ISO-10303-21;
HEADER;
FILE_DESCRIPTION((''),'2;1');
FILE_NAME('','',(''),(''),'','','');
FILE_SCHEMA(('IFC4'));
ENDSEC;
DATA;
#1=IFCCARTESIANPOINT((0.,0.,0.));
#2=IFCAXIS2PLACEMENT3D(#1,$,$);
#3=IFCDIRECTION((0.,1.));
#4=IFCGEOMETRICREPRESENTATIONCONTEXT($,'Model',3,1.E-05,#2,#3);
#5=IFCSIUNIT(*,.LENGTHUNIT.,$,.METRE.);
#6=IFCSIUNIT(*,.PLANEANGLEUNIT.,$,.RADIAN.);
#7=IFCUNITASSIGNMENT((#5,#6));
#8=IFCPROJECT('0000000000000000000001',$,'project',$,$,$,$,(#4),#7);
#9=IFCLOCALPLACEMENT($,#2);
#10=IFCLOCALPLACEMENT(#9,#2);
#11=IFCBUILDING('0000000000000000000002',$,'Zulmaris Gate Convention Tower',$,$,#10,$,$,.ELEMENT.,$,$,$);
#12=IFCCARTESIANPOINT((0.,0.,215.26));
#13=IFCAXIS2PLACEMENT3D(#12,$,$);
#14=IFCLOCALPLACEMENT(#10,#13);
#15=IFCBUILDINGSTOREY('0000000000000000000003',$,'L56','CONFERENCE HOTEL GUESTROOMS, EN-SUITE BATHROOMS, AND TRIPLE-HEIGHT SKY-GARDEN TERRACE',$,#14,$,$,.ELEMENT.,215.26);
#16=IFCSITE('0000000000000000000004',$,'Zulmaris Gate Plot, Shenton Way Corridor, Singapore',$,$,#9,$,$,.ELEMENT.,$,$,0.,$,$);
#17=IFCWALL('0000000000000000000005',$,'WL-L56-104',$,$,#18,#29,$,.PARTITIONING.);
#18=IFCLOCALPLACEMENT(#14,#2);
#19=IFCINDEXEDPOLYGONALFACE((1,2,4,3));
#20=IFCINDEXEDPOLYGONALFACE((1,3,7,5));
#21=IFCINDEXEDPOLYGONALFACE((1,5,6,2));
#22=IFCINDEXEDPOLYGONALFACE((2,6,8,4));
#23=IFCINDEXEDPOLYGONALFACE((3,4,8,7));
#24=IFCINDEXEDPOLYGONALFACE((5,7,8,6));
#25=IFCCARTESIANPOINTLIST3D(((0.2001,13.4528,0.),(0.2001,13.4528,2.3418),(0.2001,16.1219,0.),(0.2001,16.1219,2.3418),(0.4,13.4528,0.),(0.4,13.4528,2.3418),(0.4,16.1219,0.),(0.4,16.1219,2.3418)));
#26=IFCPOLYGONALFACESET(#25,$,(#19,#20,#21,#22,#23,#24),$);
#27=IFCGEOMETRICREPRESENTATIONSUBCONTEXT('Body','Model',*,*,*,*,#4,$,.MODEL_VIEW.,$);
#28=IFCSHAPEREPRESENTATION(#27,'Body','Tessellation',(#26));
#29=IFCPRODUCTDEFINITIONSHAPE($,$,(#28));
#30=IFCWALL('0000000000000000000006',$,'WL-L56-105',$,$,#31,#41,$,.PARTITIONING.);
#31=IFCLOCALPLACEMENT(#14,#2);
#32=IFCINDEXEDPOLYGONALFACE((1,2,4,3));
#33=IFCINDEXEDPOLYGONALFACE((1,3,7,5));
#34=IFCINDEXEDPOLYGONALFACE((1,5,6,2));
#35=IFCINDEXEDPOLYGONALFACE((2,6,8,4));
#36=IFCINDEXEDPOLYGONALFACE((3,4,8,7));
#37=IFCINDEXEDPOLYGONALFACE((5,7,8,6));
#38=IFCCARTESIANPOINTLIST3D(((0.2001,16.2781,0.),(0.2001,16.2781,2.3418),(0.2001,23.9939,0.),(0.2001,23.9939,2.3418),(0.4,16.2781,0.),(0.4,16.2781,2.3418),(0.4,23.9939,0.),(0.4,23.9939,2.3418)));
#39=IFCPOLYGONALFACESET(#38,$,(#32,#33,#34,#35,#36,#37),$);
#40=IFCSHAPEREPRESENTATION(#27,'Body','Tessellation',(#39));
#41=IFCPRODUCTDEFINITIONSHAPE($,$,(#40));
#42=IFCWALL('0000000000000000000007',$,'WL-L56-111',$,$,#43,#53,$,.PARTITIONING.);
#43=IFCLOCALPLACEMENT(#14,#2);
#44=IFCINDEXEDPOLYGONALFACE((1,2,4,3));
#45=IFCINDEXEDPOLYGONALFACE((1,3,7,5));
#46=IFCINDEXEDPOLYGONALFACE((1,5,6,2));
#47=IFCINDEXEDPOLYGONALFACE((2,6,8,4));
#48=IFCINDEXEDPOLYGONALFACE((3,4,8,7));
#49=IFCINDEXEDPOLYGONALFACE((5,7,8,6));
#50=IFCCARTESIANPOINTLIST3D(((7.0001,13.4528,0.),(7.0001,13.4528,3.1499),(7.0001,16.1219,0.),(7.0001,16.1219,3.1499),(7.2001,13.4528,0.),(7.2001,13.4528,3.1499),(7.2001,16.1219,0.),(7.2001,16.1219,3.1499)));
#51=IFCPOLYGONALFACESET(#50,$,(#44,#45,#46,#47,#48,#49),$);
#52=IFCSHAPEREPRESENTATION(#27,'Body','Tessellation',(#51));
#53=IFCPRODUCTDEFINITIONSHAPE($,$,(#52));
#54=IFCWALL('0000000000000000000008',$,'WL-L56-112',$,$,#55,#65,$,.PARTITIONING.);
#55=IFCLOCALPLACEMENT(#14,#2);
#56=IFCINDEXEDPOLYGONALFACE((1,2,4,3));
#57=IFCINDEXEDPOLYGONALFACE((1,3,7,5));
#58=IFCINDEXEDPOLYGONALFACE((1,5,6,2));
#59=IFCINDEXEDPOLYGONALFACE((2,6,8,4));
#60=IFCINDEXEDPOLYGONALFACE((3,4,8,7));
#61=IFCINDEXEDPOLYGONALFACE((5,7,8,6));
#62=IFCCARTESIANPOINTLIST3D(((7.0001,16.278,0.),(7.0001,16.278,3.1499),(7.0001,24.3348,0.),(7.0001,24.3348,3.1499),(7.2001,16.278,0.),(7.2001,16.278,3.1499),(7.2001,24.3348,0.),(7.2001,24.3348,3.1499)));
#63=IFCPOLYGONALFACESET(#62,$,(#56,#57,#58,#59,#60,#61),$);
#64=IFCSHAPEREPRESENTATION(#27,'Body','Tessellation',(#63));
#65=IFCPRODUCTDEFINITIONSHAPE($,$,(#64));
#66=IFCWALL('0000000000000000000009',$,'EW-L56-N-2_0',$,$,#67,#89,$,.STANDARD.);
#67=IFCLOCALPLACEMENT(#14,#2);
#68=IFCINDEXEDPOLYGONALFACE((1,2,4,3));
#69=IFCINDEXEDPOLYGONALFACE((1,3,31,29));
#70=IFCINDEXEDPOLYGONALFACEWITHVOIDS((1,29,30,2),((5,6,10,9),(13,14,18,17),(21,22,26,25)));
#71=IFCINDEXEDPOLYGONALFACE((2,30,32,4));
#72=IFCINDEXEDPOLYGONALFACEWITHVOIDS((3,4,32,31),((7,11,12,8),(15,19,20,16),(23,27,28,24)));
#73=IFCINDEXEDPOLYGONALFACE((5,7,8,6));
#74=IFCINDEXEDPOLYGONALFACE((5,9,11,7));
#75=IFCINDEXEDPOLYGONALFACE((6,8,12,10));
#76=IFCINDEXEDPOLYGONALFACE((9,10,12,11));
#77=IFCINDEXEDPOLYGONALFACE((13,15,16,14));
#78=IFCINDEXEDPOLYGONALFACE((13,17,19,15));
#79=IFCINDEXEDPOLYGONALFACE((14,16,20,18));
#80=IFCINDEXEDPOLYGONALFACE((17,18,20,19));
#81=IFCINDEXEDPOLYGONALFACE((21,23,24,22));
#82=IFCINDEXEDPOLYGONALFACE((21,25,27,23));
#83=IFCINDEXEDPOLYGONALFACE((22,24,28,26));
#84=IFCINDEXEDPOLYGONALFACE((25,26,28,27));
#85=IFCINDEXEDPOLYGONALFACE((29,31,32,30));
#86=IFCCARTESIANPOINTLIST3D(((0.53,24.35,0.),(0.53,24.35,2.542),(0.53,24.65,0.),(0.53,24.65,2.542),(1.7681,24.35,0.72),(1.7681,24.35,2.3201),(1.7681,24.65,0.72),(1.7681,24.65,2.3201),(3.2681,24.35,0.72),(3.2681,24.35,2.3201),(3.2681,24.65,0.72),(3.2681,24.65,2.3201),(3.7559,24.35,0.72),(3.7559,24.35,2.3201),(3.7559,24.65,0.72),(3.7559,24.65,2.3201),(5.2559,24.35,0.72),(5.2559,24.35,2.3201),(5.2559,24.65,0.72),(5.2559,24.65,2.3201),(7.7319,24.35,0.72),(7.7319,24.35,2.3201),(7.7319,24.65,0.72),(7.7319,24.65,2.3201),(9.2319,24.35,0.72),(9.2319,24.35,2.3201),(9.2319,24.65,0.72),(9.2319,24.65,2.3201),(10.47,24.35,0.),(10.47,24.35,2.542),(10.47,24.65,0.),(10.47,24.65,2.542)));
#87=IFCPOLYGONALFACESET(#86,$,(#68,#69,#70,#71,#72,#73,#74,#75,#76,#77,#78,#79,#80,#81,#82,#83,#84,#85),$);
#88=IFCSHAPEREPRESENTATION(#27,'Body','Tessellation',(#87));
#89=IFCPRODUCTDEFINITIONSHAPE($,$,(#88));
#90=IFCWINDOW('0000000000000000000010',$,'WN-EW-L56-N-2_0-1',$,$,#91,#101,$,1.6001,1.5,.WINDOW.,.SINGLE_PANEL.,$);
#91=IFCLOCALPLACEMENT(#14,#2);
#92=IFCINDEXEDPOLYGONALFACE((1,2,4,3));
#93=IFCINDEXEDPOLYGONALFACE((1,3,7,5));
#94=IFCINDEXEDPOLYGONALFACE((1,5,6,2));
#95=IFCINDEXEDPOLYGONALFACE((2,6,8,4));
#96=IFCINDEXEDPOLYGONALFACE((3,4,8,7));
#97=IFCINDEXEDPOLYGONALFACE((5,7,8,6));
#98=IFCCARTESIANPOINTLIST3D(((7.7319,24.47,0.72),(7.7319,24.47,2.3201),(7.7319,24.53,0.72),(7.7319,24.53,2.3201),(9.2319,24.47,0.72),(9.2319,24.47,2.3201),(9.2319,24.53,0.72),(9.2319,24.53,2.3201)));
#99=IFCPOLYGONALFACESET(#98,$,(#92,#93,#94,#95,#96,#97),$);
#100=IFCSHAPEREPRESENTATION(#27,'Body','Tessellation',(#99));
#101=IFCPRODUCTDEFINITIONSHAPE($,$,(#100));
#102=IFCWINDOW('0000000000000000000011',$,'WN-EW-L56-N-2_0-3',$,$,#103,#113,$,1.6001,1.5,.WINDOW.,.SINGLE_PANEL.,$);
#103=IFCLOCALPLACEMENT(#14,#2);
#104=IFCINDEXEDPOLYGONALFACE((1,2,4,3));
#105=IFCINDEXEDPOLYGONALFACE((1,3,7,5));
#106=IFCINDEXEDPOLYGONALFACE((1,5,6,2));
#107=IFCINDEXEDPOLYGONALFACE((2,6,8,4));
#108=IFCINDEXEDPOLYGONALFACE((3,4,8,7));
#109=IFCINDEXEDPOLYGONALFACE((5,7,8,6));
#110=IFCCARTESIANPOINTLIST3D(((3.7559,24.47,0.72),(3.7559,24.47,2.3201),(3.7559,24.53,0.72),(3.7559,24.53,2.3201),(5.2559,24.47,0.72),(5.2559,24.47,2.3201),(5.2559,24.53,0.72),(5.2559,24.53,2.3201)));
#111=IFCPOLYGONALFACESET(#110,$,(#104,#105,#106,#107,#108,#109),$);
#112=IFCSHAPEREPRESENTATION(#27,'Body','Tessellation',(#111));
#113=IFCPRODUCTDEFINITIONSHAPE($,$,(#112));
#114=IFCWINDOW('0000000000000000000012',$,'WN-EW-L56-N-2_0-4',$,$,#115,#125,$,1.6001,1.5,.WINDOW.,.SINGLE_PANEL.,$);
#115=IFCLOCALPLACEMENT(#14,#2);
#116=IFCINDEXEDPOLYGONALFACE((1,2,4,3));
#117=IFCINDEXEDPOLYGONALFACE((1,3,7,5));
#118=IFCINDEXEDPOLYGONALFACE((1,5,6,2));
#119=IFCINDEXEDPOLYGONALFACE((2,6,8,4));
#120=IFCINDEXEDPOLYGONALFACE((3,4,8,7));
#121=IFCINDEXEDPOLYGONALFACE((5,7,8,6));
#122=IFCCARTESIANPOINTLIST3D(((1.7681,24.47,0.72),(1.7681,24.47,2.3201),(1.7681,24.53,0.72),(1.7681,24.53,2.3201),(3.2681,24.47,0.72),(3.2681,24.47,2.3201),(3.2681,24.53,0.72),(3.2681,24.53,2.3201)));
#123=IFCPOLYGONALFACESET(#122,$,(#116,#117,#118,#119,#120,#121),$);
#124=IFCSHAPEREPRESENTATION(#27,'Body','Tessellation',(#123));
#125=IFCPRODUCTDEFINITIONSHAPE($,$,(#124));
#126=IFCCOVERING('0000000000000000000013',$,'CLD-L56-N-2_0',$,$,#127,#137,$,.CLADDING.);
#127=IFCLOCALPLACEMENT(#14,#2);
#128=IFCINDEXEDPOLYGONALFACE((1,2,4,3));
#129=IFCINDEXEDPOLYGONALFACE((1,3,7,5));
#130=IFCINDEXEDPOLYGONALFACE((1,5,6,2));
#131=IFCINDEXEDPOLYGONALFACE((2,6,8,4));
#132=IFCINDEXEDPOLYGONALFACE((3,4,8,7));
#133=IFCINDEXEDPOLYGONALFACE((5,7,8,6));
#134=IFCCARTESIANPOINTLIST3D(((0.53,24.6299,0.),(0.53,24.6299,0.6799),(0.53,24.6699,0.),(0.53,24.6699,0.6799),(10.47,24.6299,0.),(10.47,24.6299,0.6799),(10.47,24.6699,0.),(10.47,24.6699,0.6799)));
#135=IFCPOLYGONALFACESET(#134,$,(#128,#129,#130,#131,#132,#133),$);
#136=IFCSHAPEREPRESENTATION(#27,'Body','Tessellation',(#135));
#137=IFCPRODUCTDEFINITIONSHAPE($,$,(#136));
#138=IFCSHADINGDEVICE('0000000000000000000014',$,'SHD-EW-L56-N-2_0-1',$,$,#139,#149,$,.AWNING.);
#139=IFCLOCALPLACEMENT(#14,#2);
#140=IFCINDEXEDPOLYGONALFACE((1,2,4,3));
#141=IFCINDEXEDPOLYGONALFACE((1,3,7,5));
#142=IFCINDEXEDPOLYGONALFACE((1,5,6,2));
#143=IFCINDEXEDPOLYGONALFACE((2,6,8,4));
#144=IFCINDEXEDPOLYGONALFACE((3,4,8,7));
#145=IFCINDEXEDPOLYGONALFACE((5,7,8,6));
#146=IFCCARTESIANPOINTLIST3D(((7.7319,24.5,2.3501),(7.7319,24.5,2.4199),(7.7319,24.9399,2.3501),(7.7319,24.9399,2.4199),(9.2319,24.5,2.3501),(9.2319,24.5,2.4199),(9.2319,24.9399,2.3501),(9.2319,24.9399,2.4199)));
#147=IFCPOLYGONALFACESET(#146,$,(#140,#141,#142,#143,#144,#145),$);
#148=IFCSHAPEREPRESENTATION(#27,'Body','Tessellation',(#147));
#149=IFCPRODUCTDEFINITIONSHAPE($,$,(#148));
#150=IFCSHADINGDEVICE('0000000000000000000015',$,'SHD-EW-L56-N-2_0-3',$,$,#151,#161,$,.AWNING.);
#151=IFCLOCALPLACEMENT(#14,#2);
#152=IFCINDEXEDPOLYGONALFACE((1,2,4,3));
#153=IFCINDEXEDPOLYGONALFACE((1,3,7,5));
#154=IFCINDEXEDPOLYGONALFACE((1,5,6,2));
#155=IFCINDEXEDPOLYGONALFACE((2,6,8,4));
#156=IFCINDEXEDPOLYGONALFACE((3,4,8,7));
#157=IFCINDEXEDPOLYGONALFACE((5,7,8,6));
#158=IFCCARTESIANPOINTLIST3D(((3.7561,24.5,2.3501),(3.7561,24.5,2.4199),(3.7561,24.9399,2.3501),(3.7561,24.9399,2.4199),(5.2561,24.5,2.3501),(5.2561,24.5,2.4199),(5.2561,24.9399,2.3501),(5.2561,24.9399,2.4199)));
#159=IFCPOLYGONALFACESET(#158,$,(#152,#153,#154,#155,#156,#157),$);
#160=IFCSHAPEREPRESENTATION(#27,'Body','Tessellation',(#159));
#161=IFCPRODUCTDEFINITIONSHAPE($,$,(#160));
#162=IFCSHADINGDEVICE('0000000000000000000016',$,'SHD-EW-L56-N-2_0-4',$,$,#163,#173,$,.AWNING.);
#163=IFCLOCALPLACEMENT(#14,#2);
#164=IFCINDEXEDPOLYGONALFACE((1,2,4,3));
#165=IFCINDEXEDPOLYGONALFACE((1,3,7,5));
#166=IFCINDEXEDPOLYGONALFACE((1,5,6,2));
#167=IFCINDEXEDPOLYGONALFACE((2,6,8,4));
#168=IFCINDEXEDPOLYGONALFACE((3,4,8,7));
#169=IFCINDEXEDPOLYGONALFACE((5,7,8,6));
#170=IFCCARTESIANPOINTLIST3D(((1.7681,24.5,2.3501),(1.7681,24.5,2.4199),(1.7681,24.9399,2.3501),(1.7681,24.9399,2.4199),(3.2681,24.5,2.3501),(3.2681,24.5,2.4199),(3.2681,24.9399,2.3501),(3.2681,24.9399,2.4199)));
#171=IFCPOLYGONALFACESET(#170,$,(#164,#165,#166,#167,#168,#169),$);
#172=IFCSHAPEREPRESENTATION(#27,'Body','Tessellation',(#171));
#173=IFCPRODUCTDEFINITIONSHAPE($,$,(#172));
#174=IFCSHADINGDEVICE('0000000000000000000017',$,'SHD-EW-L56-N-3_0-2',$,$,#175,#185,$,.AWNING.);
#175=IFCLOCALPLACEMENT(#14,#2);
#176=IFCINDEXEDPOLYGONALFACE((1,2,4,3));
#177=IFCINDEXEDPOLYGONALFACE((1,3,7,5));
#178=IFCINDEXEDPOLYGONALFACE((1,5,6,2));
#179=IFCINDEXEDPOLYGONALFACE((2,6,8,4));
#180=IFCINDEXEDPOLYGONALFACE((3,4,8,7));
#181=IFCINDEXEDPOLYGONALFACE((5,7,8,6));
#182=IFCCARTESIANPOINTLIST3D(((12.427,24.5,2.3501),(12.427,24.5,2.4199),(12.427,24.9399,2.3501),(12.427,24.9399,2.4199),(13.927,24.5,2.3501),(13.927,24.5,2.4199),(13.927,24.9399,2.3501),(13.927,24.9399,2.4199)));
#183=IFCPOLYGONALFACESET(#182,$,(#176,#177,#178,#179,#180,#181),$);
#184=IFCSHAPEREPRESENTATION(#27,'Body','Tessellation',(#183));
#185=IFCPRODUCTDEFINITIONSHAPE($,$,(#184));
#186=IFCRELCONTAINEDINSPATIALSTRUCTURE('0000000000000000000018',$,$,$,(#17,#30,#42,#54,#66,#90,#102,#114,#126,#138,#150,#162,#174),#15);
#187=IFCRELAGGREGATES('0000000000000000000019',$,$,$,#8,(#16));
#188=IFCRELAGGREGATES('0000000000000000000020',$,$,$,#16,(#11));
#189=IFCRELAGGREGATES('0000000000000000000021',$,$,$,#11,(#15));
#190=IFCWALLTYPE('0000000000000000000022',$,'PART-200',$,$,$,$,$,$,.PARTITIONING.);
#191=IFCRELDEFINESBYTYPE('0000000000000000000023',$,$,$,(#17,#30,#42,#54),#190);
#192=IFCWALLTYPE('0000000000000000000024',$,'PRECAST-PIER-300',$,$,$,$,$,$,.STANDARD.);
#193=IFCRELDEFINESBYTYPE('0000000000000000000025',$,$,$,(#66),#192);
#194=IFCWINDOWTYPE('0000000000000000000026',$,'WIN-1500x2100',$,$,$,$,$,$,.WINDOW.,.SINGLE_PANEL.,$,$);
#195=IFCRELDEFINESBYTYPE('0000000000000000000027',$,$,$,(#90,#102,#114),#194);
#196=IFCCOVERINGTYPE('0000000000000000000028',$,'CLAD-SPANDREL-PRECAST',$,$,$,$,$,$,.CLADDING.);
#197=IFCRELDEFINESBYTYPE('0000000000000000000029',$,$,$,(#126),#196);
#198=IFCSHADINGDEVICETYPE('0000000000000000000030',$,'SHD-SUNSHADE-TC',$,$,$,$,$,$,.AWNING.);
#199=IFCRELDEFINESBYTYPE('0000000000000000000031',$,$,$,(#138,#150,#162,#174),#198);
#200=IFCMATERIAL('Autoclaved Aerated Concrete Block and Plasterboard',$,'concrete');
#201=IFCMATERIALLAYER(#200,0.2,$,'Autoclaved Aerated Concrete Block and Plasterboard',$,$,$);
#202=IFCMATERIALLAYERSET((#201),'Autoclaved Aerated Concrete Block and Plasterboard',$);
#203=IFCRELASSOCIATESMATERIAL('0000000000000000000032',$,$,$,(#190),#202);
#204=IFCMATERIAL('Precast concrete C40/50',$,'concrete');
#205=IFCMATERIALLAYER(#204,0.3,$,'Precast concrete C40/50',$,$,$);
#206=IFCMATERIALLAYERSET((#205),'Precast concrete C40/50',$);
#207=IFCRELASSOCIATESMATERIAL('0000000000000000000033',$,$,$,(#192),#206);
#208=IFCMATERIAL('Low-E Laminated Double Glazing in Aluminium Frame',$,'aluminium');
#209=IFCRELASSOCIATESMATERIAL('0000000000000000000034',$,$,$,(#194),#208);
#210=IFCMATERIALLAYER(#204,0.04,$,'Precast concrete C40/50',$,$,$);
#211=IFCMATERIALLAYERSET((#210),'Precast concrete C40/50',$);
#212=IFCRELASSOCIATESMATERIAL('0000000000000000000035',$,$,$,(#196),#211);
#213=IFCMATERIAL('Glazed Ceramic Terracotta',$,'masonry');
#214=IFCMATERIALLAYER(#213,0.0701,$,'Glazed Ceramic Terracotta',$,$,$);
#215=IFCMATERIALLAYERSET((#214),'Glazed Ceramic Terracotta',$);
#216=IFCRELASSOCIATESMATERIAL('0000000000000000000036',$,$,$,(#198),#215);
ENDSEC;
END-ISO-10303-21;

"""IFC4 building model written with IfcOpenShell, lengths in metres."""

from ifc_helpers import new_model, si_unit, direction, frame, frame_2d, origin, place, context, subcontext, project, spatial, rectangle, extrude, material, layer, layer_set, type_object, element, fill, save


model = new_model("IFC4")

# Units and contexts
model_context = context("Model", 3, precision=1e-05, world=origin(), true_north=direction((0.0, 1.0)))
body_context = subcontext(model_context, "Body", "Model", "MODEL_VIEW")
ifc_project = project(units=[si_unit("LENGTHUNIT", "METRE"), si_unit("PLANEANGLEUNIT", "RADIAN")], contexts=[model_context])

# Site, building, storey
site_placement = place(None, origin())
site = spatial("IfcSite", under=ifc_project, at=site_placement, Name="Zulmaris Gate Plot, Shenton Way Corridor, Singapore", CompositionType="ELEMENT", RefElevation=0.0)
building_placement = place(site_placement, origin())
building = spatial("IfcBuilding", under=site, at=building_placement, Name="Zulmaris Gate Convention Tower", CompositionType="ELEMENT")
storey_placement = place(building_placement, frame((0.0, 0.0, 215.26)))
storey = spatial("IfcBuildingStorey", under=building, at=storey_placement, Name="L56", Description="CONFERENCE HOTEL GUESTROOMS, EN-SUITE BATHROOMS, AND TRIPLE-HEIGHT SKY-GARDEN TERRACE", CompositionType="ELEMENT", Elevation=215.26)

# Walls
ifc_material_1 = material(Name="Autoclaved Aerated Concrete Block and Plasterboard", Category="concrete")
ifc_layer_1 = layer(ifc_material_1, 0.2, Name="Autoclaved Aerated Concrete Block and Plasterboard")
ifc_layer_set_1 = layer_set([ifc_layer_1], Name="Autoclaved Aerated Concrete Block and Plasterboard")
wall_type_1 = type_object("IfcWallType", Name="PART-200", PredefinedType="PARTITIONING", material=ifc_layer_set_1)
wall_1_placement = place(storey_placement, frame((0.3, 13.4529, 0.0), z_axis=(0.0, 0.0, 1.0), x_axis=(0.0, 1.0, 0.0)))
element("IfcWall", 1, at=wall_1_placement, inside=storey, type_object=wall_type_1, Name="WL-L56-104", PredefinedType="PARTITIONING", context=body_context, shape_type="SweptSolid", body=[
    extrude(rectangle(XDim=2.6692, YDim=0.2, at=frame_2d((1.3345, 0.0))), origin(), (0.0, 0.0, 1.0), 2.3418),
])
wall_2_placement = place(storey_placement, frame((0.3, 16.2781, 0.0), z_axis=(0.0, 0.0, 1.0), x_axis=(0.0, 1.0, 0.0)))
element("IfcWall", 2, at=wall_2_placement, inside=storey, type_object=wall_type_1, Name="WL-L56-105", PredefinedType="PARTITIONING", context=body_context, shape_type="SweptSolid", body=[
    extrude(rectangle(XDim=7.7158, YDim=0.2, at=frame_2d((3.8579, 0.0))), origin(), (0.0, 0.0, 1.0), 2.3418),
])
wall_3_placement = place(storey_placement, frame((7.1001, 13.4529, 0.0), z_axis=(0.0, 0.0, 1.0), x_axis=(0.0, 1.0, 0.0)))
element("IfcWall", 3, at=wall_3_placement, inside=storey, type_object=wall_type_1, Name="WL-L56-111", PredefinedType="PARTITIONING", context=body_context, shape_type="SweptSolid", body=[
    extrude(rectangle(XDim=2.6692, YDim=0.2, at=frame_2d((1.3345, 0.0))), origin(), (0.0, 0.0, 1.0), 3.1499),
])
wall_4_placement = place(storey_placement, frame((7.1001, 16.2781, 0.0), z_axis=(0.0, 0.0, 1.0), x_axis=(0.0, 1.0, 0.0)))
element("IfcWall", 4, at=wall_4_placement, inside=storey, type_object=wall_type_1, Name="WL-L56-112", PredefinedType="PARTITIONING", context=body_context, shape_type="SweptSolid", body=[
    extrude(rectangle(XDim=8.0569, YDim=0.2, at=frame_2d((4.0283, 0.0))), origin(), (0.0, 0.0, 1.0), 3.1499),
])

# Wall, openings, windows
ifc_material_2 = material(Name="Precast concrete C40/50", Category="concrete")
ifc_layer_2 = layer(ifc_material_2, 0.3, Name="Precast concrete C40/50")
ifc_layer_set_2 = layer_set([ifc_layer_2], Name="Precast concrete C40/50")
wall_type_2 = type_object("IfcWallType", Name="PRECAST-PIER-300", PredefinedType="STANDARD", material=ifc_layer_set_2)
wall_5_placement = place(storey_placement, frame((10.47, 24.5, 0.0), z_axis=(0.0, 0.0, 1.0), x_axis=(-1.0, 0.0, 0.0)))
wall_5 = element("IfcWall", 5, at=wall_5_placement, inside=storey, type_object=wall_type_2, Name="EW-L56-N-2_0", PredefinedType="STANDARD", context=body_context, shape_type="SweptSolid", body=[
    extrude(rectangle(XDim=9.9399, YDim=0.3, at=frame_2d((4.97, 0.0))), origin(), (0.0, 0.0, 1.0), 2.542),
])
opening_1_placement = place(wall_5_placement, frame((1.238, 0.0, 0.72)))
opening_1 = element("IfcOpeningElement", 6, at=opening_1_placement, cuts=wall_5, PredefinedType="OPENING", context=body_context, shape_type="SweptSolid", body=[
    extrude(rectangle(XDim=1.5, YDim=1.6001, at=frame_2d((0.75, 0.8))), frame((0.0, 0.1602, 0.0), z_axis=(0.0, -1.0, 0.0), x_axis=(1.0, 0.0, 0.0)), (0.0, 0.0, 1.0), 0.3201),
])
opening_2_placement = place(wall_5_placement, frame((5.2141, 0.0, 0.72)))
opening_2 = element("IfcOpeningElement", 7, at=opening_2_placement, cuts=wall_5, PredefinedType="OPENING", context=body_context, shape_type="SweptSolid", body=[
    extrude(rectangle(XDim=1.5, YDim=1.6001, at=frame_2d((0.75, 0.8))), frame((0.0, 0.1602, 0.0), z_axis=(0.0, -1.0, 0.0), x_axis=(1.0, 0.0, 0.0)), (0.0, 0.0, 1.0), 0.3201),
])
opening_3_placement = place(wall_5_placement, frame((7.2019, 0.0, 0.72)))
opening_3 = element("IfcOpeningElement", 8, at=opening_3_placement, cuts=wall_5, PredefinedType="OPENING", context=body_context, shape_type="SweptSolid", body=[
    extrude(rectangle(XDim=1.5, YDim=1.6001, at=frame_2d((0.75, 0.8))), frame((0.0, 0.1602, 0.0), z_axis=(0.0, -1.0, 0.0), x_axis=(1.0, 0.0, 0.0)), (0.0, 0.0, 1.0), 0.3201),
])
ifc_material_3 = material(Name="Low-E Laminated Double Glazing in Aluminium Frame", Category="aluminium")
window_type = type_object("IfcWindowType", Name="WIN-1500x2100", PartitioningType="SINGLE_PANEL", PredefinedType="WINDOW", material=ifc_material_3)
window_1_placement = place(opening_1_placement, origin())
window_1 = element("IfcWindow", 9, at=window_1_placement, inside=storey, type_object=window_type, Name="WN-EW-L56-N-2_0-1", OverallHeight=1.6001, OverallWidth=1.5, PartitioningType="SINGLE_PANEL", PredefinedType="WINDOW", context=body_context, shape_type="SweptSolid", body=[
    extrude(rectangle(XDim=1.5, YDim=1.6001, at=frame_2d((0.75, 0.8))), frame((0.0, 0.03, 0.0), z_axis=(0.0, -1.0, 0.0), x_axis=(1.0, 0.0, 0.0)), (0.0, 0.0, 1.0), 0.0601),
])
fill(opening_1, window_1)
window_2_placement = place(opening_2_placement, origin())
window_2 = element("IfcWindow", 10, at=window_2_placement, inside=storey, type_object=window_type, Name="WN-EW-L56-N-2_0-3", OverallHeight=1.6001, OverallWidth=1.5, PartitioningType="SINGLE_PANEL", PredefinedType="WINDOW", context=body_context, shape_type="SweptSolid", body=[
    extrude(rectangle(XDim=1.5, YDim=1.6001, at=frame_2d((0.75, 0.8))), frame((0.0, 0.03, 0.0), z_axis=(0.0, -1.0, 0.0), x_axis=(1.0, 0.0, 0.0)), (0.0, 0.0, 1.0), 0.0601),
])
fill(opening_2, window_2)
window_3_placement = place(opening_3_placement, origin())
window_3 = element("IfcWindow", 11, at=window_3_placement, inside=storey, type_object=window_type, Name="WN-EW-L56-N-2_0-4", OverallHeight=1.6001, OverallWidth=1.5, PartitioningType="SINGLE_PANEL", PredefinedType="WINDOW", context=body_context, shape_type="SweptSolid", body=[
    extrude(rectangle(XDim=1.5, YDim=1.6001, at=frame_2d((0.75, 0.8))), frame((0.0, 0.03, 0.0), z_axis=(0.0, -1.0, 0.0), x_axis=(1.0, 0.0, 0.0)), (0.0, 0.0, 1.0), 0.0601),
])
fill(opening_3, window_3)

# Covering
ifc_layer_3 = layer(ifc_material_2, 0.04, Name="Precast concrete C40/50")
ifc_layer_set_3 = layer_set([ifc_layer_3], Name="Precast concrete C40/50")
covering_type = type_object("IfcCoveringType", Name="CLAD-SPANDREL-PRECAST", PredefinedType="CLADDING", material=ifc_layer_set_3)
covering_placement = place(storey_placement, frame((10.47, 24.6499, 0.0), z_axis=(0.0, 0.0, 1.0), x_axis=(-1.0, 0.0, 0.0)))
element("IfcCovering", 12, at=covering_placement, inside=storey, type_object=covering_type, Name="CLD-L56-N-2_0", PredefinedType="CLADDING", context=body_context, shape_type="SweptSolid", body=[
    extrude(rectangle(XDim=9.9399, YDim=0.04, at=frame_2d((4.97, 0.0))), origin(), (0.0, 0.0, 1.0), 0.6799),
])

# Shading devices
ifc_material_4 = material(Name="Glazed Ceramic Terracotta", Category="masonry")
ifc_layer_4 = layer(ifc_material_4, 0.0701, Name="Glazed Ceramic Terracotta")
ifc_layer_set_4 = layer_set([ifc_layer_4], Name="Glazed Ceramic Terracotta")
shading_device_type = type_object("IfcShadingDeviceType", Name="SHD-SUNSHADE-TC", PredefinedType="AWNING", material=ifc_layer_set_4)
for number, where, z_axis, x_axis, name in (
    (13, (9.2319, 24.72, 2.3501), (0.0, 0.0, 1.0), (-1.0, 0.0, 0.0), "SHD-EW-L56-N-2_0-1"),
    (14, (5.2561, 24.72, 2.3501), (0.0, 0.0, 1.0), (-1.0, 0.0, 0.0), "SHD-EW-L56-N-2_0-3"),
    (15, (3.2681, 24.72, 2.3501), (0.0, 0.0, 1.0), (-1.0, 0.0, 0.0), "SHD-EW-L56-N-2_0-4"),
    (16, (13.927, 24.72, 2.3501), (0.0, 0.0, 1.0), (-1.0, 0.0, 0.0), "SHD-EW-L56-N-3_0-2"),
):
    element("IfcShadingDevice", number, at=place(storey_placement, frame(where, z_axis=z_axis, x_axis=x_axis)), inside=storey, type_object=shading_device_type, Name=name, PredefinedType="AWNING", context=body_context, shape_type="SweptSolid", body=[
        extrude(rectangle(XDim=1.5, YDim=0.4399, at=frame_2d((0.75, 0.0))), origin(), (0.0, 0.0, 1.0), 0.0698),
    ])

save(model, "model.ifc")
